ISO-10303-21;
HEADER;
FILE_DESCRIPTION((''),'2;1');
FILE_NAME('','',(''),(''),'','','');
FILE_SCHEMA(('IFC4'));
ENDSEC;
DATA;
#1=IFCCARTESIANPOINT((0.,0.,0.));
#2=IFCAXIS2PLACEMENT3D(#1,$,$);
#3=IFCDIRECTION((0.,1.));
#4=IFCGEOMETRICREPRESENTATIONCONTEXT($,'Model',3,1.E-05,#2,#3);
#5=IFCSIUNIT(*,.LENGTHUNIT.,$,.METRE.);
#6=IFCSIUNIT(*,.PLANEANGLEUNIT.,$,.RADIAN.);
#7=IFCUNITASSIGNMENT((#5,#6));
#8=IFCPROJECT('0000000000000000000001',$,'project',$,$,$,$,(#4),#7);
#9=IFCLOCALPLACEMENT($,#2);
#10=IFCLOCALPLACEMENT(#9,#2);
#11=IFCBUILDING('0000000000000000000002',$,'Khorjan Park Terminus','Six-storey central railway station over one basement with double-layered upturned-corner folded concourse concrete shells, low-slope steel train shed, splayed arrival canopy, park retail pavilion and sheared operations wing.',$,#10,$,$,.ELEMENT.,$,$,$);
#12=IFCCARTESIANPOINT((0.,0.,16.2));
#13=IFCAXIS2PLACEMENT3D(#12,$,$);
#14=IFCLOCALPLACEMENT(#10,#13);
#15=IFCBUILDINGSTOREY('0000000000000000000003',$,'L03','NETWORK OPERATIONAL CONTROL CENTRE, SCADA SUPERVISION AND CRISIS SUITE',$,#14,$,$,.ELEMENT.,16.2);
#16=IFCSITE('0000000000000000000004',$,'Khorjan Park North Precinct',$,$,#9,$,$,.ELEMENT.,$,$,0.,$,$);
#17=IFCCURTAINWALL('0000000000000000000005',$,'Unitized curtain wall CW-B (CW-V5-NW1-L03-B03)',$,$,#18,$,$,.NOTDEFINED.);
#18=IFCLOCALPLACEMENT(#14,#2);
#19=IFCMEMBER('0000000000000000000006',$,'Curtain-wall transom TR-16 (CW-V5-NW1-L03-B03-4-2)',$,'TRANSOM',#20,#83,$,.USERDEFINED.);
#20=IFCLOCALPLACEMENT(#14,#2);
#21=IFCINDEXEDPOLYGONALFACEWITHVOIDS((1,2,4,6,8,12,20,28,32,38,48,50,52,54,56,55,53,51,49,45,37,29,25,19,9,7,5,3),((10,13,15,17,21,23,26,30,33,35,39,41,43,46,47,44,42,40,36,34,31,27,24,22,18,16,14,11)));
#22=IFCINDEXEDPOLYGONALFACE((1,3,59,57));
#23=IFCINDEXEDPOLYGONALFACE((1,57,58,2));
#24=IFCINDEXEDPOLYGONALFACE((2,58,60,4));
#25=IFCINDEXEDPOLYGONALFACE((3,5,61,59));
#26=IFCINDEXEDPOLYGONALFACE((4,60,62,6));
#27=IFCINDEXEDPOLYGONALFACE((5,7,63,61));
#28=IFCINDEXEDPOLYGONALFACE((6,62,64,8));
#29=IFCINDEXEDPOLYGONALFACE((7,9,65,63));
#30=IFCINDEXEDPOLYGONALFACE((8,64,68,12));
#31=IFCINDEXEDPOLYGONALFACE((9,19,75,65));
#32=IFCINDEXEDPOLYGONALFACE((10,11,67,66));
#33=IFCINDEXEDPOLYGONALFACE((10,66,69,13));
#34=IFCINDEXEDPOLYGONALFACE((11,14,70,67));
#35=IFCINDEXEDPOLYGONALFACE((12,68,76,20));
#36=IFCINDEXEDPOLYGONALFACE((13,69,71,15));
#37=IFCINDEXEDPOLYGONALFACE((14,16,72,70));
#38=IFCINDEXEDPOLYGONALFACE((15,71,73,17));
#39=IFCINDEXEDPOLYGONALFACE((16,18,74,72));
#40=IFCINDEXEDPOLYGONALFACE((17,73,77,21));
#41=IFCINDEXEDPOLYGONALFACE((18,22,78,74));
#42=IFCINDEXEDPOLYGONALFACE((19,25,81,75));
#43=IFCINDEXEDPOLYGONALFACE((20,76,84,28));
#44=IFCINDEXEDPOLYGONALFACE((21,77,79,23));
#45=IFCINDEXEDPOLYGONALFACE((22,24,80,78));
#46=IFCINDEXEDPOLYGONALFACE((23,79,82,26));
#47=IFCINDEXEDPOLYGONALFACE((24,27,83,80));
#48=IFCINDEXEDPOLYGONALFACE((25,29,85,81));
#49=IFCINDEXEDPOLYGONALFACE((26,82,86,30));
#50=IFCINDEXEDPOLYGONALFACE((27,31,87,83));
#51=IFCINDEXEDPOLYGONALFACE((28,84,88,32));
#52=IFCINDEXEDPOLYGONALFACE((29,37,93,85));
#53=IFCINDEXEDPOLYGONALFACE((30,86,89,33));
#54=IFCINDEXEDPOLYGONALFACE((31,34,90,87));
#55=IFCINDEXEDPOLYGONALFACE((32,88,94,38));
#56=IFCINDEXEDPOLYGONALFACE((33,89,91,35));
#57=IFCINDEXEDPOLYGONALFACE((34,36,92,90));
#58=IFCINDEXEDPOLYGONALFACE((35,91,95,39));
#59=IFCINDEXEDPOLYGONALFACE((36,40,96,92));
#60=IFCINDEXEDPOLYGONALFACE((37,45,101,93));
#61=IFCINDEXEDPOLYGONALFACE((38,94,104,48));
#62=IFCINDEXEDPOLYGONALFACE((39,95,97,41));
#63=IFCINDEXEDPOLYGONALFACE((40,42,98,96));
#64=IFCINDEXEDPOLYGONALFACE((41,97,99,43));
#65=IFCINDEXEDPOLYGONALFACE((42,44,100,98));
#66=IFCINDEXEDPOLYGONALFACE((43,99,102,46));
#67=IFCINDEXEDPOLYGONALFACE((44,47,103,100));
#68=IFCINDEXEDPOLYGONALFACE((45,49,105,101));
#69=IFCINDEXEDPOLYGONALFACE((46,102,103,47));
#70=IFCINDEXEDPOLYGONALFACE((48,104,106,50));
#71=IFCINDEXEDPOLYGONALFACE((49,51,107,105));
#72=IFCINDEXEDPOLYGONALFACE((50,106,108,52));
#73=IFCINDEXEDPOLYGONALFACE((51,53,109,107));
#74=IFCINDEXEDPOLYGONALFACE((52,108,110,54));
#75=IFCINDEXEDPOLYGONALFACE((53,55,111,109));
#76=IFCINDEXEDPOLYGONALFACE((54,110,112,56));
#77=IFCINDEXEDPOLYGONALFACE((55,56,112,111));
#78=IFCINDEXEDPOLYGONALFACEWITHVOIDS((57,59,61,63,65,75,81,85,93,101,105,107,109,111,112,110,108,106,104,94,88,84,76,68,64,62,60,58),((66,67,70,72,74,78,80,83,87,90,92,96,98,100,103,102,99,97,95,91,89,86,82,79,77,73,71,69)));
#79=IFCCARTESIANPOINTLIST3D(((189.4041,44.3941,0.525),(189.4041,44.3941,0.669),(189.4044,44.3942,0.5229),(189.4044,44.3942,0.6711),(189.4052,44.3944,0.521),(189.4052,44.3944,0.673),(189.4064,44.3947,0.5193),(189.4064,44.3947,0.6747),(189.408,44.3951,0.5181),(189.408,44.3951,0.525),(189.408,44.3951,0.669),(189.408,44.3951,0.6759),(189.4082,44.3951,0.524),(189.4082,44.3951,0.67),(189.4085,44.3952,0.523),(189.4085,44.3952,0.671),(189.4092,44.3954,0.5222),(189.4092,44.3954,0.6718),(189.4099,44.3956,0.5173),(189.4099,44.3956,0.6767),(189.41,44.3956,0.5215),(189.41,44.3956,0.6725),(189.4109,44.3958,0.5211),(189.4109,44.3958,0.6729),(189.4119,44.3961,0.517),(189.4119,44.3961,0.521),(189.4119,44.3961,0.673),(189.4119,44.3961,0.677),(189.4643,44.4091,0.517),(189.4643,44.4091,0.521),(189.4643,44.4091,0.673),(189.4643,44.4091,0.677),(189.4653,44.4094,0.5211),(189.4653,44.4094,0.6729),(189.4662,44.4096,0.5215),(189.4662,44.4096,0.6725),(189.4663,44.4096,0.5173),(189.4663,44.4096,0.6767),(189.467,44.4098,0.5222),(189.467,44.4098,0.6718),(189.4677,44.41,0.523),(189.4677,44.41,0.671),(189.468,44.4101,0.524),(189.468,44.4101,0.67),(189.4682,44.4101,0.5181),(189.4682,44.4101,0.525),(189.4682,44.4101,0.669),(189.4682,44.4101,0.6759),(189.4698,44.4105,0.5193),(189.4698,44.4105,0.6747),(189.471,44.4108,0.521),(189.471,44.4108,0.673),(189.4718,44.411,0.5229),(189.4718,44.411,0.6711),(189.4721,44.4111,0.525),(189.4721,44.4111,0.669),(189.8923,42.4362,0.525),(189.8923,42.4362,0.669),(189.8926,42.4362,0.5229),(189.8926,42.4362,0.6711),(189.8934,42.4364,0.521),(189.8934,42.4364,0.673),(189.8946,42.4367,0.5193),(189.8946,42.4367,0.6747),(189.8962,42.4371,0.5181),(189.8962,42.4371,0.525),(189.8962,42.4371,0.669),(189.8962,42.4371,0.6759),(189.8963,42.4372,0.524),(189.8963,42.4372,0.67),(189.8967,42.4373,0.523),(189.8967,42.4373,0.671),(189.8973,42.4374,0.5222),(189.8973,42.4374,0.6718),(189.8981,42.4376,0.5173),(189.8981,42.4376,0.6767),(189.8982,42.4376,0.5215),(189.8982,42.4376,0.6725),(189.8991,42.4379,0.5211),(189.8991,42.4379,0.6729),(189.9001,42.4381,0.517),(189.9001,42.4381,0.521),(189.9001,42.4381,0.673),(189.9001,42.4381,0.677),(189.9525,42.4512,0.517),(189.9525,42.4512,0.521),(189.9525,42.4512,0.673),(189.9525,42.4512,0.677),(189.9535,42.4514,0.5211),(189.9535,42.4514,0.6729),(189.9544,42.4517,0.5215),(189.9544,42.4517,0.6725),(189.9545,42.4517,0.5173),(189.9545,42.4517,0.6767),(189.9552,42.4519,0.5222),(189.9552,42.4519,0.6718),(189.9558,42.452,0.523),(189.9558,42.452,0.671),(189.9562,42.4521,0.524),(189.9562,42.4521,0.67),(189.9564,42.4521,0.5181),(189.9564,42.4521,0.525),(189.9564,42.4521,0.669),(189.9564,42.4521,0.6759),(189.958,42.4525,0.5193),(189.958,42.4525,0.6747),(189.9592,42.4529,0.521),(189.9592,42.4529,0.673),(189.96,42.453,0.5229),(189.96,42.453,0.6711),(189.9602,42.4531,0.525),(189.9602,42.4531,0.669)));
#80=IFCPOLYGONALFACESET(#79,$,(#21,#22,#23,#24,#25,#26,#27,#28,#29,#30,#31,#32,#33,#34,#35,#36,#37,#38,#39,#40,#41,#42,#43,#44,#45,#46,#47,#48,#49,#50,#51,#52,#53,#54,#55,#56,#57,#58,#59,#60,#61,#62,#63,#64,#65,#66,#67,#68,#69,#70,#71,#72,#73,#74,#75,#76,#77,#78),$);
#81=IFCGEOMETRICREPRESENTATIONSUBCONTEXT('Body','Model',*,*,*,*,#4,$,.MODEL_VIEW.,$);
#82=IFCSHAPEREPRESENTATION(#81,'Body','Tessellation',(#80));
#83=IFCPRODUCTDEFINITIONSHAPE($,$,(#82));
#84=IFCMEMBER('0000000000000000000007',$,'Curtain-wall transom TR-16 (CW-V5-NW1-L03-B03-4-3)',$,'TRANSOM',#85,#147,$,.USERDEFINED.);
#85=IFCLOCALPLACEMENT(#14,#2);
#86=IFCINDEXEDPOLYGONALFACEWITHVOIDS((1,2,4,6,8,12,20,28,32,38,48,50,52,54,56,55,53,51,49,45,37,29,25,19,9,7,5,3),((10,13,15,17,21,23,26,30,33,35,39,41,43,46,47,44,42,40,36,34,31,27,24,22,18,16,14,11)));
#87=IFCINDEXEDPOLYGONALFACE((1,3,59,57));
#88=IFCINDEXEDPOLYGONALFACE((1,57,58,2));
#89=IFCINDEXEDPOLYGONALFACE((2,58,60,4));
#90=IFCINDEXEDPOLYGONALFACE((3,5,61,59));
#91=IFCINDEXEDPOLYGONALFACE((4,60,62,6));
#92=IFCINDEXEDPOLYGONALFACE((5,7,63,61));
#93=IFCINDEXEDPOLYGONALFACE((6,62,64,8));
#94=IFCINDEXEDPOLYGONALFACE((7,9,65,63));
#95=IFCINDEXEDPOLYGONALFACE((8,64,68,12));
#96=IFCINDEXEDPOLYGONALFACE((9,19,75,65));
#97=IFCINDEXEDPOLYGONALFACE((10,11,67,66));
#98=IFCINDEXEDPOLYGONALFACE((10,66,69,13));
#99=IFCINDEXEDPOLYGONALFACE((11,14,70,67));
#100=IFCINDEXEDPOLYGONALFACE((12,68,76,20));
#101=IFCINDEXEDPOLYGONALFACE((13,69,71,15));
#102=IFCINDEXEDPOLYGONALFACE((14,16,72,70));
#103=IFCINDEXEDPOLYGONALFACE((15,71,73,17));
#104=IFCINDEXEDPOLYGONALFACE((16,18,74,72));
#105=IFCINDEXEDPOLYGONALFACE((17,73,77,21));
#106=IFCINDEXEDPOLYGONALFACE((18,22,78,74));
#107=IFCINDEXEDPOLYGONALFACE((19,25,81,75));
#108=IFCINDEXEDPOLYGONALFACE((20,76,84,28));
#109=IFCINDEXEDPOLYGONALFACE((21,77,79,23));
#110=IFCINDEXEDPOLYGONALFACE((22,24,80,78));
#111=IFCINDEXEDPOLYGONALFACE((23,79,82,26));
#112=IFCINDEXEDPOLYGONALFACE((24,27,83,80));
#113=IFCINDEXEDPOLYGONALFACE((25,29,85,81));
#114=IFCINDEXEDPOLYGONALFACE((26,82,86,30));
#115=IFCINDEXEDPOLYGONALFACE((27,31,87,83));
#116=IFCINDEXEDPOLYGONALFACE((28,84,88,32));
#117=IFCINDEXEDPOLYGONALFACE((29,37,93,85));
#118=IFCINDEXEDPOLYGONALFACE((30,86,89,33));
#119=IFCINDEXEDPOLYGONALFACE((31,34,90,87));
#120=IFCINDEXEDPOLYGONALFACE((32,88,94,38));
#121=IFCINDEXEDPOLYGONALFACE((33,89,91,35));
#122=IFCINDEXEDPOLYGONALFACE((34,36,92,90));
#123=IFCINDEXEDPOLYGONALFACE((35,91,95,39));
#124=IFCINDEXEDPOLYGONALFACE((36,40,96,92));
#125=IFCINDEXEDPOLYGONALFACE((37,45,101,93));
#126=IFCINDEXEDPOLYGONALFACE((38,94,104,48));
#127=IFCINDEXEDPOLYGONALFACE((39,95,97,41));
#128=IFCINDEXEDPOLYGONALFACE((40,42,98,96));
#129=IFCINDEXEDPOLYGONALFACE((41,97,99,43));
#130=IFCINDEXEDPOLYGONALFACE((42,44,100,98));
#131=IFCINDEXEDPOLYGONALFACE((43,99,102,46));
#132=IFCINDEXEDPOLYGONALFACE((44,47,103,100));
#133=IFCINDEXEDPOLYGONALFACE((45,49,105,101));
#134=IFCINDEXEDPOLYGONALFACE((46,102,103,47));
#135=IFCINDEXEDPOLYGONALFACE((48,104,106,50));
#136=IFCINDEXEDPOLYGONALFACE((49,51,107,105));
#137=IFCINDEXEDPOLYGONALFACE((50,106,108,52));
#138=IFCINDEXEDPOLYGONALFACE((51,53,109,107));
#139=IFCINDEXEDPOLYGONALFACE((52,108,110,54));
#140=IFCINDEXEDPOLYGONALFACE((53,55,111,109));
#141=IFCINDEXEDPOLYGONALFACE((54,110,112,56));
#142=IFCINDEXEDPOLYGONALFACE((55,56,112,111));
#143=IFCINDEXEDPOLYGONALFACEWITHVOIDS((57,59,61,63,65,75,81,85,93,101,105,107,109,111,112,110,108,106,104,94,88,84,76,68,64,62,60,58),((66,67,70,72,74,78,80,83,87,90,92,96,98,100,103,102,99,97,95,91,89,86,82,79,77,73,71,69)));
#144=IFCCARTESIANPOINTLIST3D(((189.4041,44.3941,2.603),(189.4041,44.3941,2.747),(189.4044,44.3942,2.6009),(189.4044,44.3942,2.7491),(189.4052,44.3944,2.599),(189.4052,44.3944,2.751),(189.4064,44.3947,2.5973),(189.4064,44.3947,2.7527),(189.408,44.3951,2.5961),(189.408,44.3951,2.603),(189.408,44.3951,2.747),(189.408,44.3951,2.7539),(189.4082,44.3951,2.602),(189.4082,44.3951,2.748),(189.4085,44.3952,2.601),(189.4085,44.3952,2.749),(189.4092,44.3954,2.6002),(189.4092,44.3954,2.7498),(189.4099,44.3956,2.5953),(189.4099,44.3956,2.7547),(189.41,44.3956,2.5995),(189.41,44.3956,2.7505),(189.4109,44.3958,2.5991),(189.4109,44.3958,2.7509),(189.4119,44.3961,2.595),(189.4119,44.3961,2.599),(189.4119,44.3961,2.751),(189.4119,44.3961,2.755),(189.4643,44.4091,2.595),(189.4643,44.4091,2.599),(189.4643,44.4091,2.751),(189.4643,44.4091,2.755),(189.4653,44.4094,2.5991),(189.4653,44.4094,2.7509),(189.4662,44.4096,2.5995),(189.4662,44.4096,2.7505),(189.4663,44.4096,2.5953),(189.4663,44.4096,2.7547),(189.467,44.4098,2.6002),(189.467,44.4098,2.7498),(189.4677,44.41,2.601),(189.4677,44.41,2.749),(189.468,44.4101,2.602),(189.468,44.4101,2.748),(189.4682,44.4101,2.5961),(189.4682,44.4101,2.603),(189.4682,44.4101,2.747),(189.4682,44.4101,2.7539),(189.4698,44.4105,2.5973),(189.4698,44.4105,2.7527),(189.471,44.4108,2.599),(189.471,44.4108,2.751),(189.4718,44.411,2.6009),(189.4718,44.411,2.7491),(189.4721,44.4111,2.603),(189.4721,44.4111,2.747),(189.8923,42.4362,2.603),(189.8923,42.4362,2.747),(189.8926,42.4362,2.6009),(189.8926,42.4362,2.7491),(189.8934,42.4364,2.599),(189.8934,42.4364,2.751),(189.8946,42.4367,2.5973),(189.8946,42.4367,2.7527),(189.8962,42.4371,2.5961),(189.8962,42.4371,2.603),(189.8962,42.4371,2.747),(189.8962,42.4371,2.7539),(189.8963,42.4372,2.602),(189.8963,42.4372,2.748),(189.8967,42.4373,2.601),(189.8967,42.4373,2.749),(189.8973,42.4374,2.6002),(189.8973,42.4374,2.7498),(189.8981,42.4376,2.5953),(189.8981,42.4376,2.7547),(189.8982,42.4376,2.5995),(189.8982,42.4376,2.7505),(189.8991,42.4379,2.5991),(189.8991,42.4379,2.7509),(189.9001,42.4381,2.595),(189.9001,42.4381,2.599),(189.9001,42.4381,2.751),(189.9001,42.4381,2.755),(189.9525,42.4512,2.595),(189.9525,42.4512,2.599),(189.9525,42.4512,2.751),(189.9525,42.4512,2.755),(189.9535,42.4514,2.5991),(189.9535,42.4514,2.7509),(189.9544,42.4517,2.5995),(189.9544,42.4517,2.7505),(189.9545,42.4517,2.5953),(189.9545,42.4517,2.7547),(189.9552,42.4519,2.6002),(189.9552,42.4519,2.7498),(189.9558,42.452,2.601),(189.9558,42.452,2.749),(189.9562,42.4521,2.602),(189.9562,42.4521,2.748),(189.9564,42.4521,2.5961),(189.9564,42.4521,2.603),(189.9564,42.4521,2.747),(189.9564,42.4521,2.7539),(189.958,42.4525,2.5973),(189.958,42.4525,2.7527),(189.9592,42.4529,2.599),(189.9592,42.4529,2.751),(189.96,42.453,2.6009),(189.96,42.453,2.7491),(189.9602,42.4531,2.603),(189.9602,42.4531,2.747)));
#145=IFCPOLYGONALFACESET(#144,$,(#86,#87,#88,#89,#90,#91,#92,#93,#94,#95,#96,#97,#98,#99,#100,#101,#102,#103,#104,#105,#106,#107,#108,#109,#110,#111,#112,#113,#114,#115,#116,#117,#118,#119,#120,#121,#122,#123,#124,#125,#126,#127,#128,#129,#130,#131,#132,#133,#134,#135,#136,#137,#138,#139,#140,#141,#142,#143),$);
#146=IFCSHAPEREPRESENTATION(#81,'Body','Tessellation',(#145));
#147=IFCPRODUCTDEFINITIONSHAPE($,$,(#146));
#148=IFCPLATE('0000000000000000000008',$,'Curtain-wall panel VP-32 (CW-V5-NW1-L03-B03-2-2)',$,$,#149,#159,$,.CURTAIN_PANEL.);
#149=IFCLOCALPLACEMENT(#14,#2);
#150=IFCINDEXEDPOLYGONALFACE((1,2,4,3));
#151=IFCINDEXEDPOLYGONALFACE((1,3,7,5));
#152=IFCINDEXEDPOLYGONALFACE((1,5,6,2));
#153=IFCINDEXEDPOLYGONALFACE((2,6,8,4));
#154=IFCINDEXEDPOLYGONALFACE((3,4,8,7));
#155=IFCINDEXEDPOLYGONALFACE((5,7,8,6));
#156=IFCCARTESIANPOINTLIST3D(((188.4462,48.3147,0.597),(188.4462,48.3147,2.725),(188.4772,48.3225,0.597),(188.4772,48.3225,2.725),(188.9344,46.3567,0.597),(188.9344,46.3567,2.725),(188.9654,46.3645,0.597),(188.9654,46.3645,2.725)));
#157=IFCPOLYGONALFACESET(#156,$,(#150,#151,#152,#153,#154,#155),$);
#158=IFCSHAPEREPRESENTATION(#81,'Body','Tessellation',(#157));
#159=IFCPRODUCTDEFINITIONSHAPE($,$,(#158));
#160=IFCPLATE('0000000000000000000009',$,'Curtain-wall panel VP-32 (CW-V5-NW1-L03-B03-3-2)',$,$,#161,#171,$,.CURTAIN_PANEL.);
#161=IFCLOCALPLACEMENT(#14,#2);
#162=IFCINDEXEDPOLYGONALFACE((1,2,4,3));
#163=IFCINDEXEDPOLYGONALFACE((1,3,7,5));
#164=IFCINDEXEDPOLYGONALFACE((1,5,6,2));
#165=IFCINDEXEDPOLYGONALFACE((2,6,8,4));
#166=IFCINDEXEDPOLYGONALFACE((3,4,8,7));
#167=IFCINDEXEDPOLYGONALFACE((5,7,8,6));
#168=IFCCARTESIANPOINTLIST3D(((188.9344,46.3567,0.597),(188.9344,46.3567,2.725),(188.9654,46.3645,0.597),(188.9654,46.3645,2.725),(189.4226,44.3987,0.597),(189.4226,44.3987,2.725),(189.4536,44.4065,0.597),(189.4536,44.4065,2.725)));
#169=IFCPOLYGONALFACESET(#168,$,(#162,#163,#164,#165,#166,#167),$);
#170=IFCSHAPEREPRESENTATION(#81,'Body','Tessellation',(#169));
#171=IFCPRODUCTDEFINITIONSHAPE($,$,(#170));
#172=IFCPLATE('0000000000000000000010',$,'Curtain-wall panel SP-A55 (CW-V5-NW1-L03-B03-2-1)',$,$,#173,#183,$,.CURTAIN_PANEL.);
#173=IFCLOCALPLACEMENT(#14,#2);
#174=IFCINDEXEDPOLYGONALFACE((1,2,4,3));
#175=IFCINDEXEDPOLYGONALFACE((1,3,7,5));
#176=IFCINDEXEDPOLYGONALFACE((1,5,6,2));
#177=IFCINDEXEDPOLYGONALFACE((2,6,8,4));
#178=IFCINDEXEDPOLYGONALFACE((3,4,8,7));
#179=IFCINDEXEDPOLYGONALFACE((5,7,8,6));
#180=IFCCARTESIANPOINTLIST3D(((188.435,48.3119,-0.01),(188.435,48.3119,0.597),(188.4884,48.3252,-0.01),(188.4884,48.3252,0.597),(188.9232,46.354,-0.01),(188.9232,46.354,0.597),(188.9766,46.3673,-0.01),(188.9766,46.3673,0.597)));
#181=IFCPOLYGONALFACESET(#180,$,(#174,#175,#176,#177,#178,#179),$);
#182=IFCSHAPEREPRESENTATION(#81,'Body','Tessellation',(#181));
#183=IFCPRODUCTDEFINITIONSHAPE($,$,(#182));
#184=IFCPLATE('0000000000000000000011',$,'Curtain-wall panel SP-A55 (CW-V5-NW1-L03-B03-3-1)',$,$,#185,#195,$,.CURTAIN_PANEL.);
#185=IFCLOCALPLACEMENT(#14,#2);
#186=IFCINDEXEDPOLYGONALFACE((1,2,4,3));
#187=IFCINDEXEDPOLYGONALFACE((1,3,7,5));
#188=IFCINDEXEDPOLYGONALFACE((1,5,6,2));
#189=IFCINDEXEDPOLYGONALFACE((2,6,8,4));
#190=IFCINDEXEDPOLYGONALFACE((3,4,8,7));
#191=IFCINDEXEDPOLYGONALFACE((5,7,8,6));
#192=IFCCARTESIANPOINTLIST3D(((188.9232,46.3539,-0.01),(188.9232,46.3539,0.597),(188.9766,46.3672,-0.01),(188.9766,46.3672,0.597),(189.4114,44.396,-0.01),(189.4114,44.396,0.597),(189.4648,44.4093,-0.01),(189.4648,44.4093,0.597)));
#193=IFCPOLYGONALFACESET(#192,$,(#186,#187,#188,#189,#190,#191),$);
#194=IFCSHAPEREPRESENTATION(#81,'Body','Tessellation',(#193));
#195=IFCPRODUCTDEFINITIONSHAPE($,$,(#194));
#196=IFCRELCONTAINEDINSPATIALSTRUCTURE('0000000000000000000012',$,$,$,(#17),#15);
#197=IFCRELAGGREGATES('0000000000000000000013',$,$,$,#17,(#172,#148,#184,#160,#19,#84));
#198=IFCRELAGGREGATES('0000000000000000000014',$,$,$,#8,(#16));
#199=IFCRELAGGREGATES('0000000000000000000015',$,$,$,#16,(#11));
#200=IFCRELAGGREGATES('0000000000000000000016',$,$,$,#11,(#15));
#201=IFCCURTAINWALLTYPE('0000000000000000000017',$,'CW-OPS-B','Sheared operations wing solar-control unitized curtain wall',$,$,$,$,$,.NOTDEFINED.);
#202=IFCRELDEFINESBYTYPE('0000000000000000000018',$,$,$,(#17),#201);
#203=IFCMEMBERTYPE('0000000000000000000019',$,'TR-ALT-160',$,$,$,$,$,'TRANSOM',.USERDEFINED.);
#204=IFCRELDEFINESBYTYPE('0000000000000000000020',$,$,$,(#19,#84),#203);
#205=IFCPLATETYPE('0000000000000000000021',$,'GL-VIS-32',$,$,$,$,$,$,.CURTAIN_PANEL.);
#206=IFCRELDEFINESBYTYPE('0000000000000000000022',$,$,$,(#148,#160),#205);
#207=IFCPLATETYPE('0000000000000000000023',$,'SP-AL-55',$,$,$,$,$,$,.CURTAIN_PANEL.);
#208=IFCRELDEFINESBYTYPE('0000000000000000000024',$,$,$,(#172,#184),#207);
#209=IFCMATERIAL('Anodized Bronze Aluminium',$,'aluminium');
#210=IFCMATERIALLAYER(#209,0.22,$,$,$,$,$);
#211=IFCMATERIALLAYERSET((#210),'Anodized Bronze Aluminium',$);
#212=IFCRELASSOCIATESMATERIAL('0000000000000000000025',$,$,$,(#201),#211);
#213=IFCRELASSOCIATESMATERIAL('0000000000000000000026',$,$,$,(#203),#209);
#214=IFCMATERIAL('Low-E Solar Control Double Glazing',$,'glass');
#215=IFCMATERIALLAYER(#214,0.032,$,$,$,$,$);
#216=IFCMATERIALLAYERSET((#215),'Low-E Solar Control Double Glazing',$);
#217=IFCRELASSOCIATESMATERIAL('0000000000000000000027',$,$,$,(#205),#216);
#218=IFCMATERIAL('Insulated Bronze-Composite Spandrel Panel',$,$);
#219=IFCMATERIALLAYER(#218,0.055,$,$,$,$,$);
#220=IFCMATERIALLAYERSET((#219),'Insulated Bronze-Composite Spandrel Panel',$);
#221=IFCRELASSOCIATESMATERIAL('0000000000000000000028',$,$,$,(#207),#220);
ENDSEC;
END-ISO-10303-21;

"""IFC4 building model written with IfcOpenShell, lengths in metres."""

from ifc_helpers import new_model, si_unit, direction, frame, origin, origin_2d, place, context, subcontext, project, spatial, rectangle, hollow_rectangle, extrude, material, layer, layer_set, material_profile, profile_set, type_object, element, aggregate, save


model = new_model("IFC4")

# Units and contexts
model_context = context("Model", 3, precision=1e-05, world=origin(), true_north=direction((0.0, 1.0)))
body_context = subcontext(model_context, "Body", "Model", "MODEL_VIEW")
ifc_project = project(units=[si_unit("LENGTHUNIT", "METRE"), si_unit("PLANEANGLEUNIT", "RADIAN")], contexts=[model_context])

# Site, building, storey
site_placement = place(None, origin())
site = spatial("IfcSite", under=ifc_project, at=site_placement, Name="Khorjan Park North Precinct", CompositionType="ELEMENT", RefElevation=0.0)
building_placement = place(site_placement, origin())
building = spatial("IfcBuilding", under=site, at=building_placement, Name="Khorjan Park Terminus", Description="Six-storey central railway station over one basement with double-layered upturned-corner folded concourse concrete shells, low-slope steel train shed, splayed arrival canopy, park retail pavilion and sheared operations wing.", CompositionType="ELEMENT")
storey_placement = place(building_placement, frame((0.0, 0.0, 16.2)))
storey = spatial("IfcBuildingStorey", under=building, at=storey_placement, Name="L03", Description="NETWORK OPERATIONAL CONTROL CENTRE, SCADA SUPERVISION AND CRISIS SUITE", CompositionType="ELEMENT", Elevation=16.2)

# Curtain wall, members, plates
ifc_material_1 = material(Name="Anodized Bronze Aluminium", Category="aluminium")
ifc_layer_1 = layer(ifc_material_1, 0.22)
ifc_layer_set_1 = layer_set([ifc_layer_1], Name="Anodized Bronze Aluminium")
curtain_wall_type = type_object("IfcCurtainWallType", Name="CW-OPS-B", Description="Sheared operations wing solar-control unitized curtain wall", PredefinedType="NOTDEFINED", material=ifc_layer_set_1)
curtain_wall_placement = place(storey_placement, origin())
curtain_wall = element("IfcCurtainWall", 1, at=curtain_wall_placement, inside=storey, type_object=curtain_wall_type, Name="Unitized curtain wall CW-B (CW-V5-NW1-L03-B03)", PredefinedType="NOTDEFINED")
ifc_material_profile_1 = material_profile(ifc_material_1, hollow_rectangle(XDim=0.07, YDim=0.16, WallThickness=0.004, InnerFilletRadius=0.004, OuterFilletRadius=0.008, at=origin_2d()), Name="ALT 70x160x4")
ifc_profile_set_1 = profile_set([ifc_material_profile_1], Name="Anodized Bronze Aluminium")
member_type_1 = type_object("IfcMemberType", Name="TR-ALT-160", ElementType="TRANSOM", PredefinedType="USERDEFINED", material=ifc_profile_set_1)
member_1_placement = place(storey_placement, frame((189.4381, 44.4026, 0.597), z_axis=(0.241929, -0.970294, 0.0), x_axis=(0.970294, 0.241929, 0.0)))
member_1 = element("IfcMember", 2, at=member_1_placement, type_object=member_type_1, Name="Curtain-wall transom TR-16 (CW-V5-NW1-L03-B03-4-2)", ObjectType="TRANSOM", PredefinedType="USERDEFINED", context=body_context, shape_type="SweptSolid", body=[
    extrude(hollow_rectangle(XDim=0.07, YDim=0.16, WallThickness=0.004, InnerFilletRadius=0.004, OuterFilletRadius=0.008, at=origin_2d()), origin(), (0.0, 0.0, 1.0), 2.0179),
])
member_2_placement = place(storey_placement, frame((189.4381, 44.4026, 2.675), z_axis=(0.241929, -0.970294, 0.0), x_axis=(0.970294, 0.241929, 0.0)))
member_2 = element("IfcMember", 3, at=member_2_placement, type_object=member_type_1, Name="Curtain-wall transom TR-16 (CW-V5-NW1-L03-B03-4-3)", ObjectType="TRANSOM", PredefinedType="USERDEFINED", context=body_context, shape_type="SweptSolid", body=[
    extrude(hollow_rectangle(XDim=0.07, YDim=0.16, WallThickness=0.004, InnerFilletRadius=0.004, OuterFilletRadius=0.008, at=origin_2d()), origin(), (0.0, 0.0, 1.0), 2.0179),
])
ifc_material_2 = material(Name="Low-E Solar Control Double Glazing", Category="glass")
ifc_layer_2 = layer(ifc_material_2, 0.032)
ifc_layer_set_2 = layer_set([ifc_layer_2], Name="Low-E Solar Control Double Glazing")
plate_type_1 = type_object("IfcPlateType", Name="GL-VIS-32", PredefinedType="CURTAIN_PANEL", material=ifc_layer_set_2)
plate_1_placement = place(storey_placement, frame((188.7058, 47.3396, 0.597), z_axis=(0.0, 0.0, 1.0), x_axis=(0.24192, -0.970296, 0.0)))
plate_1 = element("IfcPlate", 4, at=plate_1_placement, type_object=plate_type_1, Name="Curtain-wall panel VP-32 (CW-V5-NW1-L03-B03-2-2)", PredefinedType="CURTAIN_PANEL", context=body_context, shape_type="SweptSolid", body=[
    extrude(rectangle(XDim=2.0179, YDim=0.032, at=origin_2d()), origin(), (0.0, 0.0, 1.0), 2.128),
])
plate_2_placement = place(storey_placement, frame((189.194, 45.3816, 0.597), z_axis=(0.0, 0.0, 1.0), x_axis=(0.24192, -0.970296, 0.0)))
plate_2 = element("IfcPlate", 5, at=plate_2_placement, type_object=plate_type_1, Name="Curtain-wall panel VP-32 (CW-V5-NW1-L03-B03-3-2)", PredefinedType="CURTAIN_PANEL", context=body_context, shape_type="SweptSolid", body=[
    extrude(rectangle(XDim=2.0179, YDim=0.032, at=origin_2d()), origin(), (0.0, 0.0, 1.0), 2.128),
])
ifc_material_3 = material(Name="Insulated Bronze-Composite Spandrel Panel")
ifc_layer_3 = layer(ifc_material_3, 0.055)
ifc_layer_set_3 = layer_set([ifc_layer_3], Name="Insulated Bronze-Composite Spandrel Panel")
plate_type_2 = type_object("IfcPlateType", Name="SP-AL-55", PredefinedType="CURTAIN_PANEL", material=ifc_layer_set_3)
plate_3_placement = place(storey_placement, frame((188.7058, 47.3396, -0.01), z_axis=(0.0, 0.0, 1.0), x_axis=(0.24192, -0.970296, 0.0)))
plate_3 = element("IfcPlate", 6, at=plate_3_placement, type_object=plate_type_2, Name="Curtain-wall panel SP-A55 (CW-V5-NW1-L03-B03-2-1)", PredefinedType="CURTAIN_PANEL", context=body_context, shape_type="SweptSolid", body=[
    extrude(rectangle(XDim=2.0179, YDim=0.055, at=origin_2d()), origin(), (0.0, 0.0, 1.0), 0.607),
])
plate_4_placement = place(storey_placement, frame((189.194, 45.3816, -0.01), z_axis=(0.0, 0.0, 1.0), x_axis=(0.24192, -0.970296, 0.0)))
plate_4 = element("IfcPlate", 7, at=plate_4_placement, type_object=plate_type_2, Name="Curtain-wall panel SP-A55 (CW-V5-NW1-L03-B03-3-1)", PredefinedType="CURTAIN_PANEL", context=body_context, shape_type="SweptSolid", body=[
    extrude(rectangle(XDim=2.0179, YDim=0.055, at=origin_2d()), origin(), (0.0, 0.0, 1.0), 0.607),
])
aggregate(curtain_wall, [plate_3, plate_1, plate_4, plate_2, member_1, member_2])

save(model, "model.ifc")
